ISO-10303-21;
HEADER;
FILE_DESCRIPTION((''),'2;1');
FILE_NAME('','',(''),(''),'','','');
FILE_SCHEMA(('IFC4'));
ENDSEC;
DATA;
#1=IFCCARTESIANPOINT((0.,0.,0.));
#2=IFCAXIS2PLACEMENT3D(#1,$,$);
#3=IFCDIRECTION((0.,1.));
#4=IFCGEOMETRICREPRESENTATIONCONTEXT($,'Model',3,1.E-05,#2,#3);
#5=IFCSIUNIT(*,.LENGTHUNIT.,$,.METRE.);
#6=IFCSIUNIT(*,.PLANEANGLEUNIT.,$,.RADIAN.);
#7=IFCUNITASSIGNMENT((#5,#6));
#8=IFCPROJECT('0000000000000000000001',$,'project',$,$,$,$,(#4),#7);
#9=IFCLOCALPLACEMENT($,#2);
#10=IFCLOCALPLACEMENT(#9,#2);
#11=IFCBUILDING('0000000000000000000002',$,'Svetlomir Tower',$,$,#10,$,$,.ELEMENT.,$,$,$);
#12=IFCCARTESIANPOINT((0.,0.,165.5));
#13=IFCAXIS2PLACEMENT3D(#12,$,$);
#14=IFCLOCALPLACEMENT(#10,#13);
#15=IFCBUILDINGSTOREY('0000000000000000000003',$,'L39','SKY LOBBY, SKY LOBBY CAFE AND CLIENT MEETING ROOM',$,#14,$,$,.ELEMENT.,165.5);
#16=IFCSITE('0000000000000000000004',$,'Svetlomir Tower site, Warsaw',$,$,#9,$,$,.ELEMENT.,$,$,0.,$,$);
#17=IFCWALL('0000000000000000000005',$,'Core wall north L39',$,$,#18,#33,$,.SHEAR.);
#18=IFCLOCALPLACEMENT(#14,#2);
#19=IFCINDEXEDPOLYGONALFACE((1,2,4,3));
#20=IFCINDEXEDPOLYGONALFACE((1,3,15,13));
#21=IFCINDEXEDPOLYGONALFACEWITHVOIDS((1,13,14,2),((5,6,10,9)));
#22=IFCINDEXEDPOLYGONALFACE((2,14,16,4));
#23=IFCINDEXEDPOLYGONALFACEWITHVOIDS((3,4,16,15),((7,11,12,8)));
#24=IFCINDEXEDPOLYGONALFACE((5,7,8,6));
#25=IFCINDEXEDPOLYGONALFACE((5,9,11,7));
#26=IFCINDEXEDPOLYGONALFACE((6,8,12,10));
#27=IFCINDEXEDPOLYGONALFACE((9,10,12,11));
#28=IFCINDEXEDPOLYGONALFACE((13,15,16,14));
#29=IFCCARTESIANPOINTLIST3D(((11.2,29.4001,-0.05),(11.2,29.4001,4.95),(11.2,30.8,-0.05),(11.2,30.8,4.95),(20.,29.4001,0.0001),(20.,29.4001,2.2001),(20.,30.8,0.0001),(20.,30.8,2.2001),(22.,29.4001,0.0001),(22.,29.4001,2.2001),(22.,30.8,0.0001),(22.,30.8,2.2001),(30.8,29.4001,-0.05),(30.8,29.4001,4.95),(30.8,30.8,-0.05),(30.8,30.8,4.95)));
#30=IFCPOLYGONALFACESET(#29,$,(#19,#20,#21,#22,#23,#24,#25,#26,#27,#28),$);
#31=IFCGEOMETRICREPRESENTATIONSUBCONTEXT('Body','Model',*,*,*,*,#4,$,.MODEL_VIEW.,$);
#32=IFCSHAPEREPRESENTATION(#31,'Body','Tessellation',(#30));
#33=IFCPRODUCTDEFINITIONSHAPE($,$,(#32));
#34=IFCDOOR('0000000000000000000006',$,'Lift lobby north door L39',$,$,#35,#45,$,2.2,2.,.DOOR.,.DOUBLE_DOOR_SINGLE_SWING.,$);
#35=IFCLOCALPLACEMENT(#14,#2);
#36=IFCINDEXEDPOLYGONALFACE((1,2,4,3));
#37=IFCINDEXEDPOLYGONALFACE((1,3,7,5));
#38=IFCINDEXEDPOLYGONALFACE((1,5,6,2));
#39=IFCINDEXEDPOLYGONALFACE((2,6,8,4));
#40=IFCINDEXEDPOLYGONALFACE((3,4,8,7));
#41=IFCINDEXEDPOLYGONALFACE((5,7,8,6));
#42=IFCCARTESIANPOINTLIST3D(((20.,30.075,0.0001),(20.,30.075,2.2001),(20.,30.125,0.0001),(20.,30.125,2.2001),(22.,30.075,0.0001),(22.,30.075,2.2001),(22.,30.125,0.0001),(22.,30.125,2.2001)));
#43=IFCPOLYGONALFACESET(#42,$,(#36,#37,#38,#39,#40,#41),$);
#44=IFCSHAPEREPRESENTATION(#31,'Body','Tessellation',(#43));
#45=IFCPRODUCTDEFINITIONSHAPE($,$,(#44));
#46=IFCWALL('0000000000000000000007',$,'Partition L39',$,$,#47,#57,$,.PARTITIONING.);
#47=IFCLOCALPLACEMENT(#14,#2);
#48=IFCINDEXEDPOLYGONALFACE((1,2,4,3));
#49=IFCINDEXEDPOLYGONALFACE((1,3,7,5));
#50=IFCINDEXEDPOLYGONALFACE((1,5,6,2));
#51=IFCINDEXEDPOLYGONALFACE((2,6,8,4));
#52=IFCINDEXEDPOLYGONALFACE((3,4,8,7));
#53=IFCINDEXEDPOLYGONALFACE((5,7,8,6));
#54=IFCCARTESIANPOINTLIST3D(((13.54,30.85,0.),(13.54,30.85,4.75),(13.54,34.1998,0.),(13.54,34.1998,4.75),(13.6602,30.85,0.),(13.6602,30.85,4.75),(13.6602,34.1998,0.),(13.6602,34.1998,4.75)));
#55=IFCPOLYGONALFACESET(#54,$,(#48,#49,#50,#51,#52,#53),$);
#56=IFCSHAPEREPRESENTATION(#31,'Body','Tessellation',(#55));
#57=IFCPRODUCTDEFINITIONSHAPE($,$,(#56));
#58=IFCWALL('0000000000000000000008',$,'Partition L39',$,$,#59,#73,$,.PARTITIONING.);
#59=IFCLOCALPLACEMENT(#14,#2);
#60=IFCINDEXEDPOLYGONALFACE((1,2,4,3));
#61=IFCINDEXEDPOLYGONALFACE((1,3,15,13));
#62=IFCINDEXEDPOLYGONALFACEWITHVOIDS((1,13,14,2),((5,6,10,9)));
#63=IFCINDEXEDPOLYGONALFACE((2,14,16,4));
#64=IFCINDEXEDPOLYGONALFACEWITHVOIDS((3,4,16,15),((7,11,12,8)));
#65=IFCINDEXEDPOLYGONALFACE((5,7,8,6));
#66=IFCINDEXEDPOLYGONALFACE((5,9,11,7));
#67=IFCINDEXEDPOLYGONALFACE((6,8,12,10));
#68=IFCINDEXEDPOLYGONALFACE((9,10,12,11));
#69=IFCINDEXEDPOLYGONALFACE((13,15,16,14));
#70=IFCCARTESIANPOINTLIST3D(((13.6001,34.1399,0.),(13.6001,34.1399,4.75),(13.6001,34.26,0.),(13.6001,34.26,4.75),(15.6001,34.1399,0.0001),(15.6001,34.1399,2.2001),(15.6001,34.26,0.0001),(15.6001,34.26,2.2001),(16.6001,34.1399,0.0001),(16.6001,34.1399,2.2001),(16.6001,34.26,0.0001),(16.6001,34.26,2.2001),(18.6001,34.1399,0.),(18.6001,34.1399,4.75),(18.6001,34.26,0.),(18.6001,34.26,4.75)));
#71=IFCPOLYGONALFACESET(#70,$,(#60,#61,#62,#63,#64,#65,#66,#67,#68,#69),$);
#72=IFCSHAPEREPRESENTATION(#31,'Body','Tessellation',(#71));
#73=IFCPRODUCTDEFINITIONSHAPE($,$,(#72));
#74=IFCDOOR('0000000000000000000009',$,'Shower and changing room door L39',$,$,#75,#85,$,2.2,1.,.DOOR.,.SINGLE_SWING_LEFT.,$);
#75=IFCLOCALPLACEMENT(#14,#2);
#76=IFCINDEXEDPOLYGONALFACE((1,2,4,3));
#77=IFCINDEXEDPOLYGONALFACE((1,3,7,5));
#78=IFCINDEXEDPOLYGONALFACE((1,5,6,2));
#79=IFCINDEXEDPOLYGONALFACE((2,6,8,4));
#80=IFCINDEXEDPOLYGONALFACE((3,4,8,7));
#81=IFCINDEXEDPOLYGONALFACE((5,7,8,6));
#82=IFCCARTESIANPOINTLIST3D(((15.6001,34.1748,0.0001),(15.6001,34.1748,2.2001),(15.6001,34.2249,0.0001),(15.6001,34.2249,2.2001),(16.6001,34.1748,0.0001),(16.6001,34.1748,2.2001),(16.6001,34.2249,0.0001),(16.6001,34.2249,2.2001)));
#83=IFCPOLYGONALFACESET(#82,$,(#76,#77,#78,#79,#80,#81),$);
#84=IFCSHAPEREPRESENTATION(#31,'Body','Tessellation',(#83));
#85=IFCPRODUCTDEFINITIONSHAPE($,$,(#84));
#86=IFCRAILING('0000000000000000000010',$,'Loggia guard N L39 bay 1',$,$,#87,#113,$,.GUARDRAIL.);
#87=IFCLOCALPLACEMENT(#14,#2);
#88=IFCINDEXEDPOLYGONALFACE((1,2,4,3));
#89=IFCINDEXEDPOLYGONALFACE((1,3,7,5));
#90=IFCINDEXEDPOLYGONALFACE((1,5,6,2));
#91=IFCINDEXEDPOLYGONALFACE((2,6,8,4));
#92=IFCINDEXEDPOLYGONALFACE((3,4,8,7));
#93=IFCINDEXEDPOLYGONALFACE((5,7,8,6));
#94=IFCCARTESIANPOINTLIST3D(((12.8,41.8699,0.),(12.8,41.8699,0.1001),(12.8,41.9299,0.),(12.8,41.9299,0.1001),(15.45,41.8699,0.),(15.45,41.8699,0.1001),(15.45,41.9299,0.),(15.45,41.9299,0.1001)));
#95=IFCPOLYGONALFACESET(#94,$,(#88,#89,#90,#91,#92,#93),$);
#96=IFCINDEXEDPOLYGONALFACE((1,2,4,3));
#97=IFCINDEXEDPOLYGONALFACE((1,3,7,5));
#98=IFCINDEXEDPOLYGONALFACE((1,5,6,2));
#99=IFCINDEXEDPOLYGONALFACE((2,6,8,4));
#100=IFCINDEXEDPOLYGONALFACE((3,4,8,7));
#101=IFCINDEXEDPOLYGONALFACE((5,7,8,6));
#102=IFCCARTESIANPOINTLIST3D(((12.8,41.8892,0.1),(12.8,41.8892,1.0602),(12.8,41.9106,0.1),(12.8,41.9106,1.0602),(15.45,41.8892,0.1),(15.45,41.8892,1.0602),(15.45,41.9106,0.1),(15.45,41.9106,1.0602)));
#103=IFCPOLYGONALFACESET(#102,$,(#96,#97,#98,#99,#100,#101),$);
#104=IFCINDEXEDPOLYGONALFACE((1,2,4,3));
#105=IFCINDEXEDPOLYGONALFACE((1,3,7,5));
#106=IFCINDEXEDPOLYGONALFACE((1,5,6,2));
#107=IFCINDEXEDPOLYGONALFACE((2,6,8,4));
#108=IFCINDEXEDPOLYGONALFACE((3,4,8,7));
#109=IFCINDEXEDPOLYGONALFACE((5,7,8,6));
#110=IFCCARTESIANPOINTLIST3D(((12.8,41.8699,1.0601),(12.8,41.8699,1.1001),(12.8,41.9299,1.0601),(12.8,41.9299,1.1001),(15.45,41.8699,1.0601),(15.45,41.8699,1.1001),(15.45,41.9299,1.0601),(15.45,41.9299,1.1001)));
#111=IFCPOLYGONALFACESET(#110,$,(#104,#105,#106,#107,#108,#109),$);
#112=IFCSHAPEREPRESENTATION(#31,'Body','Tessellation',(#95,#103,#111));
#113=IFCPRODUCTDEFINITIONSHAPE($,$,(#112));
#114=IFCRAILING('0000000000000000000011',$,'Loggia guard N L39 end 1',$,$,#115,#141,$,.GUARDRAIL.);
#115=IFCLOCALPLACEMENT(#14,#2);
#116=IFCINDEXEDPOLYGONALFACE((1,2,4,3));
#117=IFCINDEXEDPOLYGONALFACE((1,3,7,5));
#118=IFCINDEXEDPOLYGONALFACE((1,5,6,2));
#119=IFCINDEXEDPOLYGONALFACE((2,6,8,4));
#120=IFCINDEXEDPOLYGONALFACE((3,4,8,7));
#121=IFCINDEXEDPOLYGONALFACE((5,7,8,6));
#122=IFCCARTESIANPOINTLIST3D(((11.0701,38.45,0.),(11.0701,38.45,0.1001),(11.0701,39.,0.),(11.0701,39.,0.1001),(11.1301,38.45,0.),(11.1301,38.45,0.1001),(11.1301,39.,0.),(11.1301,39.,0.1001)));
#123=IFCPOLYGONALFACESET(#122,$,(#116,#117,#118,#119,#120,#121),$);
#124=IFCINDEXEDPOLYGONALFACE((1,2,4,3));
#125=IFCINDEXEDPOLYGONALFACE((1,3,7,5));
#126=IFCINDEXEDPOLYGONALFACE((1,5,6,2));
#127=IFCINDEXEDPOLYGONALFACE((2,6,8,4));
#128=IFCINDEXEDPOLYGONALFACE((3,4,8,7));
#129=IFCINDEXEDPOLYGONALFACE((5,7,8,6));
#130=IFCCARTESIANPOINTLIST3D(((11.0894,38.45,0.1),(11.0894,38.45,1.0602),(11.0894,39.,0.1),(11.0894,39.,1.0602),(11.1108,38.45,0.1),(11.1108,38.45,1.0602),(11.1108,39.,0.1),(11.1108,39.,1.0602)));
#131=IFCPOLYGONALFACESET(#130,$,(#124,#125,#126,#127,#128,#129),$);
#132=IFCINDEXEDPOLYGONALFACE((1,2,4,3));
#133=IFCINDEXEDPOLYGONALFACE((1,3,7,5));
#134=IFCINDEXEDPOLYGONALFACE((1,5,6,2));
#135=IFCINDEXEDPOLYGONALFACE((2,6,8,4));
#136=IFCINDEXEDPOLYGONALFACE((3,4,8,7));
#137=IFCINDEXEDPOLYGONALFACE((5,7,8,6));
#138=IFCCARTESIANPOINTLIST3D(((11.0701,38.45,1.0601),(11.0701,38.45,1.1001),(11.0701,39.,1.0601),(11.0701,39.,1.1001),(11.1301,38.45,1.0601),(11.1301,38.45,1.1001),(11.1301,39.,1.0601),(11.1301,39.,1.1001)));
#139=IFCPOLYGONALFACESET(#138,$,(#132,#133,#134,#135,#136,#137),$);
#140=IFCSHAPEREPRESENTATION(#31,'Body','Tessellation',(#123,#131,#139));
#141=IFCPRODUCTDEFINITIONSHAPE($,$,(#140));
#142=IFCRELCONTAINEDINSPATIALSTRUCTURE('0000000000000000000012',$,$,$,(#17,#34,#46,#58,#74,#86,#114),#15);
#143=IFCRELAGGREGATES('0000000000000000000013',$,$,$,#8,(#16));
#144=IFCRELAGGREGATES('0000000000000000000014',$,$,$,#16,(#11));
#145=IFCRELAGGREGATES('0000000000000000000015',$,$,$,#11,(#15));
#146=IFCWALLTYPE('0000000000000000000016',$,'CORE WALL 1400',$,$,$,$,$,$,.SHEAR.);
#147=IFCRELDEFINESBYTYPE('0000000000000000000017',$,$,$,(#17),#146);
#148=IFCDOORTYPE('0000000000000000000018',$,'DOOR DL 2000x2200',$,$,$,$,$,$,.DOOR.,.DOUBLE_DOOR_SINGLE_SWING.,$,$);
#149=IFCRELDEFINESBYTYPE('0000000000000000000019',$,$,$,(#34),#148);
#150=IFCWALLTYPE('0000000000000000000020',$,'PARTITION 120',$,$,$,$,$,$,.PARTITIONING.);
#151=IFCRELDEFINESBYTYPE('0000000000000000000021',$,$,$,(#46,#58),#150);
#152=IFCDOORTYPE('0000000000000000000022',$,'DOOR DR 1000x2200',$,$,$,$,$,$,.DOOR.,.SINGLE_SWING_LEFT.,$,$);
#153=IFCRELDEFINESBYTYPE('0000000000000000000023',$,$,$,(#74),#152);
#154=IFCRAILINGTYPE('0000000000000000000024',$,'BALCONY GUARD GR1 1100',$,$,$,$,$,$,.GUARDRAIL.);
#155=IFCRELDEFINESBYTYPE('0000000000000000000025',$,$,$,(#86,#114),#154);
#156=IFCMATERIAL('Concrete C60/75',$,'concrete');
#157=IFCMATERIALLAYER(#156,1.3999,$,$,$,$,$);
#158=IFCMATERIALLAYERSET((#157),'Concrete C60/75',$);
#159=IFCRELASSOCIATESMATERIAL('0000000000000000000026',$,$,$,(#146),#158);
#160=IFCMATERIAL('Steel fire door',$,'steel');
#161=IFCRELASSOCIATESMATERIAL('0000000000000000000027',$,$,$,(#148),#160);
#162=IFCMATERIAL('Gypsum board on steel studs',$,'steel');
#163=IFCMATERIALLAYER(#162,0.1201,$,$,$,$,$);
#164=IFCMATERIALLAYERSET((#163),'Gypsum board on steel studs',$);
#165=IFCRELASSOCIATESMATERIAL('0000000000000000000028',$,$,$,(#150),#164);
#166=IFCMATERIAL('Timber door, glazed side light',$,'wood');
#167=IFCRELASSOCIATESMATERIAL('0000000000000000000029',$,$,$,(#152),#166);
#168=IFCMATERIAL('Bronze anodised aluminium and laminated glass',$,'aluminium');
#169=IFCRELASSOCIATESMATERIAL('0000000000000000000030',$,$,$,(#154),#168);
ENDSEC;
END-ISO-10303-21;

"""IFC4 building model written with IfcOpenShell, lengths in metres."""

from ifc_helpers import new_model, si_unit, direction, frame, frame_2d, origin, origin_2d, place, context, subcontext, project, spatial, rectangle, extrude, material, layer, layer_set, type_object, element, fill, save


model = new_model("IFC4")

# Units and contexts
model_context = context("Model", 3, precision=1e-05, world=origin(), true_north=direction((0.0, 1.0)))
body_context = subcontext(model_context, "Body", "Model", "MODEL_VIEW")
ifc_project = project(units=[si_unit("LENGTHUNIT", "METRE"), si_unit("PLANEANGLEUNIT", "RADIAN")], contexts=[model_context])

# Site, building, storey
site_placement = place(None, origin())
site = spatial("IfcSite", under=ifc_project, at=site_placement, Name="Svetlomir Tower site, Warsaw", CompositionType="ELEMENT", RefElevation=0.0)
building_placement = place(site_placement, origin())
building = spatial("IfcBuilding", under=site, at=building_placement, Name="Svetlomir Tower", CompositionType="ELEMENT")
storey_placement = place(building_placement, frame((0.0, 0.0, 165.5)))
storey = spatial("IfcBuildingStorey", under=building, at=storey_placement, Name="L39", Description="SKY LOBBY, SKY LOBBY CAFE AND CLIENT MEETING ROOM", CompositionType="ELEMENT", Elevation=165.5)

# Wall, opening, door
ifc_material_1 = material(Name="Concrete C60/75", Category="concrete")
ifc_layer_1 = layer(ifc_material_1, 1.3999)
ifc_layer_set_1 = layer_set([ifc_layer_1], Name="Concrete C60/75")
wall_type_1 = type_object("IfcWallType", Name="CORE WALL 1400", PredefinedType="SHEAR", material=ifc_layer_set_1)
wall_1_placement = place(storey_placement, frame((11.2, 30.1001, -0.05), z_axis=(0.0, 0.0, 1.0), x_axis=(1.0, 0.0, 0.0)))
wall_1 = element("IfcWall", 1, at=wall_1_placement, inside=storey, type_object=wall_type_1, Name="Core wall north L39", PredefinedType="SHEAR", context=body_context, shape_type="SweptSolid", body=[
    extrude(rectangle(XDim=19.6001, YDim=1.3999, at=frame_2d((9.8, 0.0))), origin(), (0.0, 0.0, 1.0), 5.0),
])
opening_1_placement = place(wall_1_placement, frame((8.8, 0.0, 0.05)))
opening_1 = element("IfcOpeningElement", 2, at=opening_1_placement, cuts=wall_1, PredefinedType="OPENING", context=body_context, shape_type="SweptSolid", body=[
    extrude(rectangle(XDim=2.0, YDim=2.2, at=frame_2d((1.0, 1.1001))), frame((0.0, 0.71, 0.0), z_axis=(0.0, -1.0, 0.0), x_axis=(1.0, 0.0, 0.0)), (0.0, 0.0, 1.0), 1.4199),
])
ifc_material_2 = material(Name="Steel fire door", Category="steel")
door_type_1 = type_object("IfcDoorType", Name="DOOR DL 2000x2200", OperationType="DOUBLE_DOOR_SINGLE_SWING", PredefinedType="DOOR", material=ifc_material_2)
door_1_placement = place(opening_1_placement, origin())
door_1 = element("IfcDoor", 3, at=door_1_placement, inside=storey, type_object=door_type_1, Name="Lift lobby north door L39", OperationType="DOUBLE_DOOR_SINGLE_SWING", OverallHeight=2.2, OverallWidth=2.0, PredefinedType="DOOR", context=body_context, shape_type="SweptSolid", body=[
    extrude(rectangle(XDim=2.0, YDim=2.2, at=frame_2d((1.0, 1.1001))), frame((0.0, 0.0249, 0.0), z_axis=(0.0, -1.0, 0.0), x_axis=(1.0, 0.0, 0.0)), (0.0, 0.0, 1.0), 0.05),
])
fill(opening_1, door_1)

# Wall
ifc_material_3 = material(Name="Gypsum board on steel studs", Category="steel")
ifc_layer_2 = layer(ifc_material_3, 0.1201)
ifc_layer_set_2 = layer_set([ifc_layer_2], Name="Gypsum board on steel studs")
wall_type_2 = type_object("IfcWallType", Name="PARTITION 120", PredefinedType="PARTITIONING", material=ifc_layer_set_2)
wall_2_placement = place(storey_placement, frame((13.6001, 30.8501, 0.0), z_axis=(0.0, 0.0, 1.0), x_axis=(0.0, 1.0, 0.0)))
element("IfcWall", 4, at=wall_2_placement, inside=storey, type_object=wall_type_2, Name="Partition L39", PredefinedType="PARTITIONING", context=body_context, shape_type="SweptSolid", body=[
    extrude(rectangle(XDim=3.3499, YDim=0.1201, at=frame_2d((1.6748, 0.0))), origin(), (0.0, 0.0, 1.0), 4.75),
])

# Wall, opening, door
wall_3_placement = place(storey_placement, frame((13.6001, 34.2, 0.0), z_axis=(0.0, 0.0, 1.0), x_axis=(1.0, 0.0, 0.0)))
wall_3 = element("IfcWall", 5, at=wall_3_placement, inside=storey, type_object=wall_type_2, Name="Partition L39", PredefinedType="PARTITIONING", context=body_context, shape_type="SweptSolid", body=[
    extrude(rectangle(XDim=5.0, YDim=0.1201, at=frame_2d((2.5, 0.0))), origin(), (0.0, 0.0, 1.0), 4.75),
])
opening_2_placement = place(wall_3_placement, frame((2.0, 0.0, 0.0)))
opening_2 = element("IfcOpeningElement", 6, at=opening_2_placement, cuts=wall_3, PredefinedType="OPENING", context=body_context, shape_type="SweptSolid", body=[
    extrude(rectangle(XDim=1.0, YDim=2.2, at=frame_2d((0.5, 1.1001))), frame((0.0, 0.0701, 0.0), z_axis=(0.0, -1.0, 0.0), x_axis=(1.0, 0.0, 0.0)), (0.0, 0.0, 1.0), 0.1401),
])
ifc_material_4 = material(Name="Timber door, glazed side light", Category="wood")
door_type_2 = type_object("IfcDoorType", Name="DOOR DR 1000x2200", OperationType="SINGLE_SWING_LEFT", PredefinedType="DOOR", material=ifc_material_4)
door_2_placement = place(opening_2_placement, origin())
door_2 = element("IfcDoor", 7, at=door_2_placement, inside=storey, type_object=door_type_2, Name="Shower and changing room door L39", OperationType="SINGLE_SWING_LEFT", OverallHeight=2.2, OverallWidth=1.0, PredefinedType="DOOR", context=body_context, shape_type="SweptSolid", body=[
    extrude(rectangle(XDim=1.0, YDim=2.2, at=frame_2d((0.5, 1.1001))), frame((0.0, 0.0249, 0.0), z_axis=(0.0, -1.0, 0.0), x_axis=(1.0, 0.0, 0.0)), (0.0, 0.0, 1.0), 0.05),
])
fill(opening_2, door_2)

# Railings
ifc_material_5 = material(Name="Bronze anodised aluminium and laminated glass", Category="aluminium")
railing_type = type_object("IfcRailingType", Name="BALCONY GUARD GR1 1100", PredefinedType="GUARDRAIL", material=ifc_material_5)
railing_1_placement = place(storey_placement, frame((12.8, 41.8999, 0.0)))
element("IfcRailing", 8, at=railing_1_placement, inside=storey, type_object=railing_type, Name="Loggia guard N L39 bay 1", PredefinedType="GUARDRAIL", context=body_context, shape_type="SweptSolid", body=[
    extrude(rectangle(XDim=0.0601, YDim=0.1001, at=origin_2d()), frame((0.0, 0.0, 0.05), z_axis=(1.0, 0.0, 0.0), x_axis=(0.0, 1.0, 0.0)), (0.0, 0.0, 1.0), 2.6499),
    extrude(rectangle(XDim=0.0215, YDim=0.9602, at=origin_2d()), frame((0.0, 0.0, 0.5801), z_axis=(1.0, 0.0, 0.0), x_axis=(0.0, 1.0, 0.0)), (0.0, 0.0, 1.0), 2.6499),
    extrude(rectangle(XDim=0.0601, YDim=0.04, at=origin_2d()), frame((0.0, 0.0, 1.0801), z_axis=(1.0, 0.0, 0.0), x_axis=(0.0, 1.0, 0.0)), (0.0, 0.0, 1.0), 2.6499),
])
railing_2_placement = place(storey_placement, frame((11.1001, 38.45, 0.0)))
element("IfcRailing", 9, at=railing_2_placement, inside=storey, type_object=railing_type, Name="Loggia guard N L39 end 1", PredefinedType="GUARDRAIL", context=body_context, shape_type="SweptSolid", body=[
    extrude(rectangle(XDim=0.0601, YDim=0.1001, at=origin_2d()), frame((0.0, 0.0, 0.05), z_axis=(0.0, 1.0, 0.0), x_axis=(-1.0, 0.0, 0.0)), (0.0, 0.0, 1.0), 0.55),
    extrude(rectangle(XDim=0.0215, YDim=0.9602, at=origin_2d()), frame((0.0, 0.0, 0.5801), z_axis=(0.0, 1.0, 0.0), x_axis=(-1.0, 0.0, 0.0)), (0.0, 0.0, 1.0), 0.55),
    extrude(rectangle(XDim=0.0601, YDim=0.04, at=origin_2d()), frame((0.0, 0.0, 1.0801), z_axis=(0.0, 1.0, 0.0), x_axis=(-1.0, 0.0, 0.0)), (0.0, 0.0, 1.0), 0.55),
])

save(model, "model.ifc")
